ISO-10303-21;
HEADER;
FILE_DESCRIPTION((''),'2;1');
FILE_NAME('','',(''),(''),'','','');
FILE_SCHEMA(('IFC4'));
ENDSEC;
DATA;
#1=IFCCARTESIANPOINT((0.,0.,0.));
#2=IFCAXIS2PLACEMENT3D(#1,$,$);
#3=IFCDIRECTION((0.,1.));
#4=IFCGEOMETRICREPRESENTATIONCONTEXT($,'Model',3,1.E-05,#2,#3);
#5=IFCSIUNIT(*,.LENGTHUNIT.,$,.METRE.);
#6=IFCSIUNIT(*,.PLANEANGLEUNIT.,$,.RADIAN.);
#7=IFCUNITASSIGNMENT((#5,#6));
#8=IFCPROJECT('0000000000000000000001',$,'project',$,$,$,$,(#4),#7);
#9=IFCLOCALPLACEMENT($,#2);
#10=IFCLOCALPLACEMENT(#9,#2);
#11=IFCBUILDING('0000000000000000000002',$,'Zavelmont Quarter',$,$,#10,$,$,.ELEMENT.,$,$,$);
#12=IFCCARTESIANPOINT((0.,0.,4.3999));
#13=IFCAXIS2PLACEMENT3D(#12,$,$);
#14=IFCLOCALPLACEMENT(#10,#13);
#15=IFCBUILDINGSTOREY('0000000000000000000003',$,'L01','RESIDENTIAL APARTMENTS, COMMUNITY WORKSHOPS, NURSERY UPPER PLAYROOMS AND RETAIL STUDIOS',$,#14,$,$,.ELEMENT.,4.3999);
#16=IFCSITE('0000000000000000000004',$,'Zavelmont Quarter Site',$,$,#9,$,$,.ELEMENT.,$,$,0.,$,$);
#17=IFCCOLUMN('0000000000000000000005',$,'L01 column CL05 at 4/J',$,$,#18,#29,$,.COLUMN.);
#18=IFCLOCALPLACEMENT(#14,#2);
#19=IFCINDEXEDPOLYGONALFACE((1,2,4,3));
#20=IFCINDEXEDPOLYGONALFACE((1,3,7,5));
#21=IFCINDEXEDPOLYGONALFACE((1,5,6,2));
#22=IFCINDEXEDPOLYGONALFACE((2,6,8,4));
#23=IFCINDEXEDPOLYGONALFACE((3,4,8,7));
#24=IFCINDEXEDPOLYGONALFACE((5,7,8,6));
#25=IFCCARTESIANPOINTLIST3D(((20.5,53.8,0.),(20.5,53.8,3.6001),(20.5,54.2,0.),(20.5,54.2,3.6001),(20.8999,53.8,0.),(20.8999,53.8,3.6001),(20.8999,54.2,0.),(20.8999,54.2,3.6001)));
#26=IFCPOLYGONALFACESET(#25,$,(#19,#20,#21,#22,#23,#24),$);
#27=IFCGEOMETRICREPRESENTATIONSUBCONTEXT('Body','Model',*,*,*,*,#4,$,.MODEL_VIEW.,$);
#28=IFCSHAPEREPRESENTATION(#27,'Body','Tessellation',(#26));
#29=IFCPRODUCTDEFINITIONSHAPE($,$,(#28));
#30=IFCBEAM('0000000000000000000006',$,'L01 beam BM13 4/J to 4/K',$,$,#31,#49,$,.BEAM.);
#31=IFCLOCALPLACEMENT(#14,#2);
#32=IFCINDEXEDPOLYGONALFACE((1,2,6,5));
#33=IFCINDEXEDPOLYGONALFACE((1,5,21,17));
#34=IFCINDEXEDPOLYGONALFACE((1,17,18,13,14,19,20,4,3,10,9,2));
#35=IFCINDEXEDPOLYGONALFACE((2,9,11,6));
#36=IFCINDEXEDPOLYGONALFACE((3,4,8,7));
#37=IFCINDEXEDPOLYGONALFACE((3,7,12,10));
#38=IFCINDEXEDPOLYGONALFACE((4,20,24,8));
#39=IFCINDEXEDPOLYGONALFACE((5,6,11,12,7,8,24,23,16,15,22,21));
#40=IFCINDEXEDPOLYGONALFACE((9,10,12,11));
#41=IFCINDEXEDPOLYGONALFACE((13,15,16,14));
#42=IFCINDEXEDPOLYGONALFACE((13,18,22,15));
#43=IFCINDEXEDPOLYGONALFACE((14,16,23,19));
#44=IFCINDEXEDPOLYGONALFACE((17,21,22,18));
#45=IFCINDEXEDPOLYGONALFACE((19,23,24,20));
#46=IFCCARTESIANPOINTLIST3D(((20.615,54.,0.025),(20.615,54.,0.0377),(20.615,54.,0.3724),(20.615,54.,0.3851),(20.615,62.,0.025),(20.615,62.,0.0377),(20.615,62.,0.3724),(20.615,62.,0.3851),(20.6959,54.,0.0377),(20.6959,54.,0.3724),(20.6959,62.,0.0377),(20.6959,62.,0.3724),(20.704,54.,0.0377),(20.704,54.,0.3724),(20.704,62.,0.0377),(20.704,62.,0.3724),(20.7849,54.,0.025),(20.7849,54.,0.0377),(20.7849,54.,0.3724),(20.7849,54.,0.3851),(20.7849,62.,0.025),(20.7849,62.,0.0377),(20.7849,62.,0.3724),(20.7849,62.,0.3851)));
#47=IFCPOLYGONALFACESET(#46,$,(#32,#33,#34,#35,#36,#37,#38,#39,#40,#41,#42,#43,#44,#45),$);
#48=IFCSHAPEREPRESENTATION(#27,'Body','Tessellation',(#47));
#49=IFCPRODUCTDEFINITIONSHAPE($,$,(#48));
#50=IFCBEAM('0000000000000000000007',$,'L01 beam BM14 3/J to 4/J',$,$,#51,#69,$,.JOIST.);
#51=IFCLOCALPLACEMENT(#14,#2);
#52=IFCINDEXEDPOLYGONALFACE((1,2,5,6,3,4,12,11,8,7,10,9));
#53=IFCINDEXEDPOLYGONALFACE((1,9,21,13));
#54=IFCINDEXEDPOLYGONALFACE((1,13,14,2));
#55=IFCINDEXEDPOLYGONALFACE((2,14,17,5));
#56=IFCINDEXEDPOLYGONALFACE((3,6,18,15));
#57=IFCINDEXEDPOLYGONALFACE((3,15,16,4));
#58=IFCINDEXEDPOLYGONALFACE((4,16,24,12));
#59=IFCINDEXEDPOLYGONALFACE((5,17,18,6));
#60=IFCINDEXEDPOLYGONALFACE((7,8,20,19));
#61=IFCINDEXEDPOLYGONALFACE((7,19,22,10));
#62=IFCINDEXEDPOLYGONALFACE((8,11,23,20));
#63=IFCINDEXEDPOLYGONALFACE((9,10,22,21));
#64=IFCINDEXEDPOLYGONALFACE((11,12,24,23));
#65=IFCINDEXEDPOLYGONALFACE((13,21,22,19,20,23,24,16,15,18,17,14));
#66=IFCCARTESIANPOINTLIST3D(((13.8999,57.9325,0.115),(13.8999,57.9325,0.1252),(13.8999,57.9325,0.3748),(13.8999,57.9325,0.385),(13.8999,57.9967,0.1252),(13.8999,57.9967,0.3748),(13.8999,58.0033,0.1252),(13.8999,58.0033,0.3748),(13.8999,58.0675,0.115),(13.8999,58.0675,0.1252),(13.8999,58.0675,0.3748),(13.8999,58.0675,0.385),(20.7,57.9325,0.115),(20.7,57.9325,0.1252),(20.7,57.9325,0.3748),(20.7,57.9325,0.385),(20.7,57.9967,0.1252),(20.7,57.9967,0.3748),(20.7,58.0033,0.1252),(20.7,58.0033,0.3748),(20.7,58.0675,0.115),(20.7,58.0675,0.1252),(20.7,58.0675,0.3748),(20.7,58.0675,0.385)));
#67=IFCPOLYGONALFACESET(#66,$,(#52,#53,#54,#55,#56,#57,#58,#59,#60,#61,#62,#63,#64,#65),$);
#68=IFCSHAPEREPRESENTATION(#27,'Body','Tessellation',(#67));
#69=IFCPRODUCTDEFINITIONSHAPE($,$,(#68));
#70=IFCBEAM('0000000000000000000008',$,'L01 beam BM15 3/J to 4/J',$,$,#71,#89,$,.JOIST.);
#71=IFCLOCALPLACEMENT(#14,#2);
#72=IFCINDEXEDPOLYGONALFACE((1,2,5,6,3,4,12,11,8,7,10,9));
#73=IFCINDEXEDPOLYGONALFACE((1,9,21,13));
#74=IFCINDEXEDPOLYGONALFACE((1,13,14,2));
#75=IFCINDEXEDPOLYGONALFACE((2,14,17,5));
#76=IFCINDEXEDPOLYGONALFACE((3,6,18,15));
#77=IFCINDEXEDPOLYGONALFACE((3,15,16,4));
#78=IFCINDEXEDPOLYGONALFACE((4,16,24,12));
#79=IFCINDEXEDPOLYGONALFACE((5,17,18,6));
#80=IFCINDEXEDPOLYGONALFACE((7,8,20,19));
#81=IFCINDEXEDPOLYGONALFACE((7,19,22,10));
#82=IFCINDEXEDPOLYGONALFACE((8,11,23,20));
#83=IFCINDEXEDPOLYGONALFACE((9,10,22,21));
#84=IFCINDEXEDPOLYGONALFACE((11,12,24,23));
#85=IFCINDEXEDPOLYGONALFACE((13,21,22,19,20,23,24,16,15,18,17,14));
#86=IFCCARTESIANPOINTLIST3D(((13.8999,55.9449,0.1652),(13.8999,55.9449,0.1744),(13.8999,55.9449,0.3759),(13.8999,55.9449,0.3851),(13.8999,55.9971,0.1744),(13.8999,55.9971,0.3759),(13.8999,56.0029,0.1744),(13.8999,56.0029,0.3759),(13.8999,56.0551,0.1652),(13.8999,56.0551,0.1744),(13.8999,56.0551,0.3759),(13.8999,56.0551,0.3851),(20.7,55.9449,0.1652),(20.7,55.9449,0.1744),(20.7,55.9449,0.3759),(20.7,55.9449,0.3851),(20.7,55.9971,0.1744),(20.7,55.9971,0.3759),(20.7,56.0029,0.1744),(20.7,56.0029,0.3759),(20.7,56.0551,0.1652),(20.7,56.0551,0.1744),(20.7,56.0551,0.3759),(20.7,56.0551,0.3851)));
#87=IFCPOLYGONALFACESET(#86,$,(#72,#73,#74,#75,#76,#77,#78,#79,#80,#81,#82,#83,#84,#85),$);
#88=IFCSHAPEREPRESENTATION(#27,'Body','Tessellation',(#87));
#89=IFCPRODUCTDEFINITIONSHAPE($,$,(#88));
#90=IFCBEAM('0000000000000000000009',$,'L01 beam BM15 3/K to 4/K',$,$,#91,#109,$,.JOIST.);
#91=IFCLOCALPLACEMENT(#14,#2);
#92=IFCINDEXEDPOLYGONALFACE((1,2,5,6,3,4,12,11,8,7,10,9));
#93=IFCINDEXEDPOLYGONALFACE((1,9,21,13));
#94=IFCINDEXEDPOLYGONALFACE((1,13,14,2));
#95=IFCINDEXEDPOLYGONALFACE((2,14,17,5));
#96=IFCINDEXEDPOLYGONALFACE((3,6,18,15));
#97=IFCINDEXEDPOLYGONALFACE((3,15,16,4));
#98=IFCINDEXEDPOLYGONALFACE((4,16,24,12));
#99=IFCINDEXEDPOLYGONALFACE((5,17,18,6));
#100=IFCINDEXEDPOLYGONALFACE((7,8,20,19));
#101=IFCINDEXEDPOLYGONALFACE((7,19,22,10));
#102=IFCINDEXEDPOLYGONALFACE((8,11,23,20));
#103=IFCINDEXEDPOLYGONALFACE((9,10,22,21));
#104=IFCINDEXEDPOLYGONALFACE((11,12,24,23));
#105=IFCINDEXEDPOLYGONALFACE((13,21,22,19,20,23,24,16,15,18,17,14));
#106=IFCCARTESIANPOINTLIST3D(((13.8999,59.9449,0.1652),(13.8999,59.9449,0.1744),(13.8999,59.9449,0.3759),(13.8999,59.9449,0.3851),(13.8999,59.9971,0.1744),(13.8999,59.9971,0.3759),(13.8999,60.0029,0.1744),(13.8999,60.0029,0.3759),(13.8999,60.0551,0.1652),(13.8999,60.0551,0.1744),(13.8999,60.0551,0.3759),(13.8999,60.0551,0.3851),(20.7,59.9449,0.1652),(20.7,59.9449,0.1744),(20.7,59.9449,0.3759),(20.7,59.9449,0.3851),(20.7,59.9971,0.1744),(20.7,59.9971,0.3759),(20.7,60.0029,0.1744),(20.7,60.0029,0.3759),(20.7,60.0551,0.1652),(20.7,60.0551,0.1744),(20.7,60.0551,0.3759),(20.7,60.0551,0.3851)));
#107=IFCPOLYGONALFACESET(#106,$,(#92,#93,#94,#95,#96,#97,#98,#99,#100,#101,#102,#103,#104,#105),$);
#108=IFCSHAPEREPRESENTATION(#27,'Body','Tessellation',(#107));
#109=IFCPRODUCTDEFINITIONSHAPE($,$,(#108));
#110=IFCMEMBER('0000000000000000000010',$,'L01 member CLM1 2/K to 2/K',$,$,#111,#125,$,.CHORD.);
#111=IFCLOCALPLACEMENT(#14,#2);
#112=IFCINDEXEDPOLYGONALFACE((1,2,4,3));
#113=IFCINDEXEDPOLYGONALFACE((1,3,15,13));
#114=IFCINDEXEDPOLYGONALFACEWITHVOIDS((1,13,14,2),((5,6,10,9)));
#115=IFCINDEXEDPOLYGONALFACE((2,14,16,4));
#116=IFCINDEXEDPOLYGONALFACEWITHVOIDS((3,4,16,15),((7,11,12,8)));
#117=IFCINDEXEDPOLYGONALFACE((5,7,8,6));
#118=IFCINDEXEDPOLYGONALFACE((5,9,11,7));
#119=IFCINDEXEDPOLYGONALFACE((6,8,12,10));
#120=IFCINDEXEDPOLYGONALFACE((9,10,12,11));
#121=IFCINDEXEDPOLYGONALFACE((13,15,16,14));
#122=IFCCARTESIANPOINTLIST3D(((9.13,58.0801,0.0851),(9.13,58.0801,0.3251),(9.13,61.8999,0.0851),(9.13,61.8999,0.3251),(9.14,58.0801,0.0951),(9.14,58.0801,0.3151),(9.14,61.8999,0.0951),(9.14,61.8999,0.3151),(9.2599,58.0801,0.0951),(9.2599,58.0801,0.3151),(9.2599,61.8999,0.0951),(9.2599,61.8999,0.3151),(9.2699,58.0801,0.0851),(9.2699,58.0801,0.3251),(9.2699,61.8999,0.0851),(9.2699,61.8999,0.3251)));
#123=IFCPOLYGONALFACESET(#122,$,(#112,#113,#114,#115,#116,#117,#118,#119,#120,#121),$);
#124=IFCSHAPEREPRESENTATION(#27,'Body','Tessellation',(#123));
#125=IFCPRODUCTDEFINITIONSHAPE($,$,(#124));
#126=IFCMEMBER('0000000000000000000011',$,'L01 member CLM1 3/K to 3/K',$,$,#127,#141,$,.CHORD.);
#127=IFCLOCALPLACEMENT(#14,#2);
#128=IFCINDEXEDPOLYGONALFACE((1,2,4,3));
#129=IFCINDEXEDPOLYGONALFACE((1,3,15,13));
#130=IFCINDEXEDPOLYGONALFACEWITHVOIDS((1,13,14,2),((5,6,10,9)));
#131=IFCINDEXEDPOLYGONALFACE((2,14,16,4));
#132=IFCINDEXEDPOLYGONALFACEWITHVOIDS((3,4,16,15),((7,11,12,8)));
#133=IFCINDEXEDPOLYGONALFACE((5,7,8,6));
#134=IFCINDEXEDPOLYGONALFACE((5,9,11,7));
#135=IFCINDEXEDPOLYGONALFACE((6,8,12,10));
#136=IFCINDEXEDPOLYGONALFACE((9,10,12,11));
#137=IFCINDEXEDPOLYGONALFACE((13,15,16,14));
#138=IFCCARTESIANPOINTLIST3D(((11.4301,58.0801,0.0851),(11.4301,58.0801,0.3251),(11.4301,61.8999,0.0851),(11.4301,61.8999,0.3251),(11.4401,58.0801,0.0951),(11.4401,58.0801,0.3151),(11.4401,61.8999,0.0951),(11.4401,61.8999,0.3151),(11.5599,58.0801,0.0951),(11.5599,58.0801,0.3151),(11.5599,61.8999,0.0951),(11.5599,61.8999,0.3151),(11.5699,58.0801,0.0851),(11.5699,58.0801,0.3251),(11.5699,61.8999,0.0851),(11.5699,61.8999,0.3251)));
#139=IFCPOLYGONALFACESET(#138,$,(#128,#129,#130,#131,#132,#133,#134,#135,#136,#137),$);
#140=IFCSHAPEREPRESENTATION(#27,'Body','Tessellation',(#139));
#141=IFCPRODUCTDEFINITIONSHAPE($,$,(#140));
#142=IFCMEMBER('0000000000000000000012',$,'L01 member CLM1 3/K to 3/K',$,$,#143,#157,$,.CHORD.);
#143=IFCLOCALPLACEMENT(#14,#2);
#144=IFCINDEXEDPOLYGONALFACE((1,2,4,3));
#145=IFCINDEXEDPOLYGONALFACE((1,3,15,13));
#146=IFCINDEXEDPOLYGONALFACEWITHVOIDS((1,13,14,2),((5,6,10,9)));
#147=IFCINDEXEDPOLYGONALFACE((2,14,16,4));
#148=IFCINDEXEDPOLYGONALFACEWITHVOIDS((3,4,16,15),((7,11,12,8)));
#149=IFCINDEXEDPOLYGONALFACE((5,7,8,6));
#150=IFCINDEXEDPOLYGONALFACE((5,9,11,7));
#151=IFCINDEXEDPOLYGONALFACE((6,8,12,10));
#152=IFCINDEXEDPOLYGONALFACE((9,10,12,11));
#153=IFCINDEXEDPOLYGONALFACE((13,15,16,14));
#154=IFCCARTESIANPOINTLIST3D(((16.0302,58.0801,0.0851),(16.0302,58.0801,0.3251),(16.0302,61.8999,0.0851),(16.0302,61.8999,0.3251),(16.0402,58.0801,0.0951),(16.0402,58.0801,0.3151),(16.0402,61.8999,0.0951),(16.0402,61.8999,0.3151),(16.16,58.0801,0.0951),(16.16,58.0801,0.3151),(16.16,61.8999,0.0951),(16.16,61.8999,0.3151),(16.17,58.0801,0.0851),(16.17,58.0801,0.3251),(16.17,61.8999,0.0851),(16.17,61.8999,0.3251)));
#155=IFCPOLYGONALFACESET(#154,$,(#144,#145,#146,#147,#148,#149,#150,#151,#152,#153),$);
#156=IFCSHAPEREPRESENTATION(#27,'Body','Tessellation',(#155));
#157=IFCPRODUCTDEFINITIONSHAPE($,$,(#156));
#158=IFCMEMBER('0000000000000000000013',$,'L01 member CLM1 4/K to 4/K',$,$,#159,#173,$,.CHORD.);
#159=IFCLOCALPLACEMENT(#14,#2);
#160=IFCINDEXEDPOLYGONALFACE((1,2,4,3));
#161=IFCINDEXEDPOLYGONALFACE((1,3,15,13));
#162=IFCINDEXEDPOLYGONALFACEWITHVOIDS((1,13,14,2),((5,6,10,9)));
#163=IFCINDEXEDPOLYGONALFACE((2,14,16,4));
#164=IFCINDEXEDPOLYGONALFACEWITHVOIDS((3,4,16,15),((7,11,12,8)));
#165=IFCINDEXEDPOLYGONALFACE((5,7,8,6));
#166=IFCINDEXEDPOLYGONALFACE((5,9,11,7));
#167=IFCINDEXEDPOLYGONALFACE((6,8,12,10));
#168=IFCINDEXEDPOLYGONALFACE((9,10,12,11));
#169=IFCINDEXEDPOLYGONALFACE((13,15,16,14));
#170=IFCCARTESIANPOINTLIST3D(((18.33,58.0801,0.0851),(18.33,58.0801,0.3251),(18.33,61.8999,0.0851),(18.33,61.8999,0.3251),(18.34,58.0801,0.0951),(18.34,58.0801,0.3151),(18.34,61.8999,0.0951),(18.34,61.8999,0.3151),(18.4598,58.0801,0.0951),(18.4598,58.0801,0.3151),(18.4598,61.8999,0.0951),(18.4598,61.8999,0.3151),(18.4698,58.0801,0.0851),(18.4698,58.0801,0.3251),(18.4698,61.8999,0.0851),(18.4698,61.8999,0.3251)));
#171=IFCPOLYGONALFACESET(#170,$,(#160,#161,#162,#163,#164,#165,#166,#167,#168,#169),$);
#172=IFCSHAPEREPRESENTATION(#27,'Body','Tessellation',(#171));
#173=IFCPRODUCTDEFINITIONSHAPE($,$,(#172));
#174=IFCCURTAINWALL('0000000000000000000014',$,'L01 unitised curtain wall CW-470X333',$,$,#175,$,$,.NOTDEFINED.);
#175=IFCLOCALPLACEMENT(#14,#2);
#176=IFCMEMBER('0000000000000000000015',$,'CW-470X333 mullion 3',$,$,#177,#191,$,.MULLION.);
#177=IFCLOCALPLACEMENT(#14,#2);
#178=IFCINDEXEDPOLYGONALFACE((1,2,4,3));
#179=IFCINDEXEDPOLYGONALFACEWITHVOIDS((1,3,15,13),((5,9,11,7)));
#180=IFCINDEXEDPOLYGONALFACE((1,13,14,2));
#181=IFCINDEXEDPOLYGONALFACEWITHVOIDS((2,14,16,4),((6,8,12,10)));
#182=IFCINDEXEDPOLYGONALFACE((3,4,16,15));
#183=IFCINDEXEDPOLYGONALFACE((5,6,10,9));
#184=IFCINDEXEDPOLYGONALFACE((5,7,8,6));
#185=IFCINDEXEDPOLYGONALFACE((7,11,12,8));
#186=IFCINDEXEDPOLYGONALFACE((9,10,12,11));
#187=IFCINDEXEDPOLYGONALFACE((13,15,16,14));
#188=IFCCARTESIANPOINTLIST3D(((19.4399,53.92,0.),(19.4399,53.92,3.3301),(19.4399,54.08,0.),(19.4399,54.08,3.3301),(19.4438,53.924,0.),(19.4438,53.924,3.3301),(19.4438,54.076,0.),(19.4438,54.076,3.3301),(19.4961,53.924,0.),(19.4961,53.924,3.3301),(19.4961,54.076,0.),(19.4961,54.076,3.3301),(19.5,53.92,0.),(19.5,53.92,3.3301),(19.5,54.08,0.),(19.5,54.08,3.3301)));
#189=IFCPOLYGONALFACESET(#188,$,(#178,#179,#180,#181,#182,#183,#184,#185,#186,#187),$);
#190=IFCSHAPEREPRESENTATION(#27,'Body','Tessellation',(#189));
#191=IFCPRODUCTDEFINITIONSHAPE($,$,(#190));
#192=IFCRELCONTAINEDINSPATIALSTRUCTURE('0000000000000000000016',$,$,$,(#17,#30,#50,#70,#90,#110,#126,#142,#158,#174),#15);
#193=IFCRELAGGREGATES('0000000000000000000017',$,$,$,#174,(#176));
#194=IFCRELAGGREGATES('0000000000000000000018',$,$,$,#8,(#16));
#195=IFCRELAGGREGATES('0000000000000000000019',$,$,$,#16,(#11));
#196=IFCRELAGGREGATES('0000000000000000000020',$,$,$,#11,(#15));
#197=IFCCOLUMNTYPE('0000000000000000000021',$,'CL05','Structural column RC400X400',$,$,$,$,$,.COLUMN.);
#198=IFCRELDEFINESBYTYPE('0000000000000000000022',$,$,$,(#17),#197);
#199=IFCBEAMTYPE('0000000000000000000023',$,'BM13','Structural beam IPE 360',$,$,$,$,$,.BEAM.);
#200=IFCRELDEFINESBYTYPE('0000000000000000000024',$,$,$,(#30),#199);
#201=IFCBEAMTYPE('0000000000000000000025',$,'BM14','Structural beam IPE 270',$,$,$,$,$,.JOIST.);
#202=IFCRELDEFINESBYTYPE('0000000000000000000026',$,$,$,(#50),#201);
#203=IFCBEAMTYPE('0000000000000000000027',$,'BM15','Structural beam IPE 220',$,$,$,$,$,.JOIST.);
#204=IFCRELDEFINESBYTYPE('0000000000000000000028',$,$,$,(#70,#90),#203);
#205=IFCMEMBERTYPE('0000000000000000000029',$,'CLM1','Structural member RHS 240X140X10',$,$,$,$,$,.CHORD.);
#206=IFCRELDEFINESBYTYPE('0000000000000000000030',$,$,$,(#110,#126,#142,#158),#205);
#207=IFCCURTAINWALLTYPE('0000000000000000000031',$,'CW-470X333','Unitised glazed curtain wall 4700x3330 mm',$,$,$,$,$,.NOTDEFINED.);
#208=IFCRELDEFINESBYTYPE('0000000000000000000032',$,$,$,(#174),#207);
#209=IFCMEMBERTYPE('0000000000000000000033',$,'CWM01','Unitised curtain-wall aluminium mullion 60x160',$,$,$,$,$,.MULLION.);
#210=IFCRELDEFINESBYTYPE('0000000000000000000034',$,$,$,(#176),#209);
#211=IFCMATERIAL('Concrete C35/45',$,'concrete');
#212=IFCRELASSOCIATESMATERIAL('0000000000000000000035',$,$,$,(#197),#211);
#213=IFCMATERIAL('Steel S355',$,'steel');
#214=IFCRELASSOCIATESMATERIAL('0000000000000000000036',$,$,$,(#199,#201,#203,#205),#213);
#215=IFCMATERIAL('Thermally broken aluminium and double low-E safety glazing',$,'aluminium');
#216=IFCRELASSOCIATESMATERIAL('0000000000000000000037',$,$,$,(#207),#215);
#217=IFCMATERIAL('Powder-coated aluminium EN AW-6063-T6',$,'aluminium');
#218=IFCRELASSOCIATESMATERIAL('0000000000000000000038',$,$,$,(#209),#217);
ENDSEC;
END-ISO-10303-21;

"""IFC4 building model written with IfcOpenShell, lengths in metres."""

from ifc_helpers import new_model, si_unit, direction, frame, origin, origin_2d, place, context, subcontext, project, spatial, rectangle, hollow_rectangle, i_section, extrude, material, material_profile, profile_set, type_object, element, aggregate, save


model = new_model("IFC4")

# Units and contexts
model_context = context("Model", 3, precision=1e-05, world=origin(), true_north=direction((0.0, 1.0)))
body_context = subcontext(model_context, "Body", "Model", "MODEL_VIEW")
ifc_project = project(units=[si_unit("LENGTHUNIT", "METRE"), si_unit("PLANEANGLEUNIT", "RADIAN")], contexts=[model_context])

# Site, building, storey
site_placement = place(None, origin())
site = spatial("IfcSite", under=ifc_project, at=site_placement, Name="Zavelmont Quarter Site", CompositionType="ELEMENT", RefElevation=0.0)
building_placement = place(site_placement, origin())
building = spatial("IfcBuilding", under=site, at=building_placement, Name="Zavelmont Quarter", CompositionType="ELEMENT")
storey_placement = place(building_placement, frame((0.0, 0.0, 4.3999)))
storey = spatial("IfcBuildingStorey", under=building, at=storey_placement, Name="L01", Description="RESIDENTIAL APARTMENTS, COMMUNITY WORKSHOPS, NURSERY UPPER PLAYROOMS AND RETAIL STUDIOS", CompositionType="ELEMENT", Elevation=4.3999)

# Column
ifc_material_1 = material(Name="Concrete C35/45", Category="concrete")
ifc_material_profile_1 = material_profile(ifc_material_1, rectangle(XDim=0.3999, YDim=0.3999, at=origin_2d()), Name="RC400X400")
ifc_profile_set_1 = profile_set([ifc_material_profile_1], Name="Concrete C35/45")
column_type = type_object("IfcColumnType", Name="CL05", Description="Structural column RC400X400", PredefinedType="COLUMN", material=ifc_profile_set_1)
column_placement = place(storey_placement, frame((20.7, 54.0, 0.0), z_axis=(0.0, 0.0, 1.0), x_axis=(1.0, 0.0, 0.0)))
element("IfcColumn", 1, at=column_placement, inside=storey, type_object=column_type, Name="L01 column CL05 at 4/J", PredefinedType="COLUMN", context=body_context, shape_type="SweptSolid", body=[
    extrude(rectangle(XDim=0.3999, YDim=0.3999, at=origin_2d()), origin(), (0.0, 0.0, 1.0), 3.6001),
])

# Beams
ifc_material_2 = material(Name="Steel S355", Category="steel")
ifc_material_profile_2 = material_profile(ifc_material_2, i_section(OverallWidth=0.1699, OverallDepth=0.3601, WebThickness=0.0081, FlangeThickness=0.0127, at=origin_2d()), Name="IPE 360")
ifc_profile_set_2 = profile_set([ifc_material_profile_2], Name="Steel S355")
beam_type_1 = type_object("IfcBeamType", Name="BM13", Description="Structural beam IPE 360", PredefinedType="BEAM", material=ifc_profile_set_2)
beam_1_placement = place(storey_placement, frame((20.7, 54.0, 0.2051), z_axis=(0.0, 1.0, 0.0), x_axis=(-1.0, 0.0, 0.0)))
element("IfcBeam", 2, at=beam_1_placement, inside=storey, type_object=beam_type_1, Name="L01 beam BM13 4/J to 4/K", PredefinedType="BEAM", context=body_context, shape_type="SweptSolid", body=[
    extrude(i_section(OverallWidth=0.1699, OverallDepth=0.3601, WebThickness=0.0081, FlangeThickness=0.0127, at=origin_2d()), origin(), (0.0, 0.0, 1.0), 8.0),
])
ifc_material_profile_3 = material_profile(ifc_material_2, i_section(OverallWidth=0.135, OverallDepth=0.27, WebThickness=0.0066, FlangeThickness=0.0103, at=origin_2d()), Name="IPE 270")
ifc_profile_set_3 = profile_set([ifc_material_profile_3], Name="Steel S355")
beam_type_2 = type_object("IfcBeamType", Name="BM14", Description="Structural beam IPE 270", PredefinedType="JOIST", material=ifc_profile_set_3)
beam_2_placement = place(storey_placement, frame((13.8999, 58.0, 0.25), z_axis=(1.0, 0.0, 0.0), x_axis=(0.0, 1.0, 0.0)))
element("IfcBeam", 3, at=beam_2_placement, inside=storey, type_object=beam_type_2, Name="L01 beam BM14 3/J to 4/J", PredefinedType="JOIST", context=body_context, shape_type="SweptSolid", body=[
    extrude(i_section(OverallWidth=0.135, OverallDepth=0.27, WebThickness=0.0066, FlangeThickness=0.0103, at=origin_2d()), origin(), (0.0, 0.0, 1.0), 6.8),
])
ifc_material_profile_4 = material_profile(ifc_material_2, i_section(OverallWidth=0.1101, OverallDepth=0.22, WebThickness=0.0059, FlangeThickness=0.0093, at=origin_2d()), Name="IPE 220")
ifc_profile_set_4 = profile_set([ifc_material_profile_4], Name="Steel S355")
beam_type_3 = type_object("IfcBeamType", Name="BM15", Description="Structural beam IPE 220", PredefinedType="JOIST", material=ifc_profile_set_4)
for number, where, z_axis, x_axis, name in (
    (4, (13.8999, 56.0, 0.2751), (1.0, 0.0, 0.0), (0.0, 1.0, 0.0), "L01 beam BM15 3/J to 4/J"),
    (5, (13.8999, 60.0, 0.2751), (1.0, 0.0, 0.0), (0.0, 1.0, 0.0), "L01 beam BM15 3/K to 4/K"),
):
    element("IfcBeam", number, at=place(storey_placement, frame(where, z_axis=z_axis, x_axis=x_axis)), inside=storey, type_object=beam_type_3, Name=name, PredefinedType="JOIST", context=body_context, shape_type="SweptSolid", body=[
        extrude(i_section(OverallWidth=0.1101, OverallDepth=0.22, WebThickness=0.0059, FlangeThickness=0.0093, at=origin_2d()), origin(), (0.0, 0.0, 1.0), 6.8),
    ])

# Members
ifc_material_profile_5 = material_profile(ifc_material_2, hollow_rectangle(XDim=0.1399, YDim=0.24, WallThickness=0.01, at=origin_2d()), Name="RHS 240X140X10")
ifc_profile_set_5 = profile_set([ifc_material_profile_5], Name="Steel S355")
member_type_1 = type_object("IfcMemberType", Name="CLM1", Description="Structural member RHS 240X140X10", PredefinedType="CHORD", material=ifc_profile_set_5)
for number, where, z_axis, x_axis, name in (
    (6, (9.2, 58.0801, 0.2051), (0.0, 1.0, 0.0), (-1.0, 0.0, 0.0), "L01 member CLM1 2/K to 2/K"),
    (7, (11.5, 58.0801, 0.2051), (0.0, 1.0, 0.0), (-1.0, 0.0, 0.0), "L01 member CLM1 3/K to 3/K"),
    (8, (16.1001, 58.0801, 0.2051), (0.0, 1.0, 0.0), (-1.0, 0.0, 0.0), "L01 member CLM1 3/K to 3/K"),
    (9, (18.3999, 58.0801, 0.2051), (0.0, 1.0, 0.0), (-1.0, 0.0, 0.0), "L01 member CLM1 4/K to 4/K"),
):
    element("IfcMember", number, at=place(storey_placement, frame(where, z_axis=z_axis, x_axis=x_axis)), inside=storey, type_object=member_type_1, Name=name, PredefinedType="CHORD", context=body_context, shape_type="SweptSolid", body=[
        extrude(hollow_rectangle(XDim=0.1399, YDim=0.24, WallThickness=0.01, at=origin_2d()), origin(), (0.0, 0.0, 1.0), 3.8198),
    ])

# Curtain wall, member
ifc_material_3 = material(Name="Thermally broken aluminium and double low-E safety glazing", Category="aluminium")
curtain_wall_type = type_object("IfcCurtainWallType", Name="CW-470X333", Description="Unitised glazed curtain wall 4700x3330 mm", PredefinedType="NOTDEFINED", material=ifc_material_3)
curtain_wall_placement = place(storey_placement, origin())
curtain_wall = element("IfcCurtainWall", 10, at=curtain_wall_placement, inside=storey, type_object=curtain_wall_type, Name="L01 unitised curtain wall CW-470X333", PredefinedType="NOTDEFINED")
ifc_material_4 = material(Name="Powder-coated aluminium EN AW-6063-T6", Category="aluminium")
ifc_material_profile_6 = material_profile(ifc_material_4, hollow_rectangle(XDim=0.0601, YDim=0.1599, WallThickness=0.0039, at=origin_2d()), Name="CWM60X160")
ifc_profile_set_6 = profile_set([ifc_material_profile_6], Name="Powder-coated aluminium EN AW-6063-T6")
member_type_2 = type_object("IfcMemberType", Name="CWM01", Description="Unitised curtain-wall aluminium mullion 60x160", PredefinedType="MULLION", material=ifc_profile_set_6)
member_placement = place(storey_placement, frame((19.47, 54.0, 0.0), z_axis=(0.0, 0.0, 1.0), x_axis=(1.0, 0.0, 0.0)))
member = element("IfcMember", 11, at=member_placement, type_object=member_type_2, Name="CW-470X333 mullion 3", PredefinedType="MULLION", context=body_context, shape_type="SweptSolid", body=[
    extrude(hollow_rectangle(XDim=0.0601, YDim=0.1599, WallThickness=0.0039, at=origin_2d()), origin(), (0.0, 0.0, 1.0), 3.3301),
])

aggregate(curtain_wall, [member])

save(model, "model.ifc")
